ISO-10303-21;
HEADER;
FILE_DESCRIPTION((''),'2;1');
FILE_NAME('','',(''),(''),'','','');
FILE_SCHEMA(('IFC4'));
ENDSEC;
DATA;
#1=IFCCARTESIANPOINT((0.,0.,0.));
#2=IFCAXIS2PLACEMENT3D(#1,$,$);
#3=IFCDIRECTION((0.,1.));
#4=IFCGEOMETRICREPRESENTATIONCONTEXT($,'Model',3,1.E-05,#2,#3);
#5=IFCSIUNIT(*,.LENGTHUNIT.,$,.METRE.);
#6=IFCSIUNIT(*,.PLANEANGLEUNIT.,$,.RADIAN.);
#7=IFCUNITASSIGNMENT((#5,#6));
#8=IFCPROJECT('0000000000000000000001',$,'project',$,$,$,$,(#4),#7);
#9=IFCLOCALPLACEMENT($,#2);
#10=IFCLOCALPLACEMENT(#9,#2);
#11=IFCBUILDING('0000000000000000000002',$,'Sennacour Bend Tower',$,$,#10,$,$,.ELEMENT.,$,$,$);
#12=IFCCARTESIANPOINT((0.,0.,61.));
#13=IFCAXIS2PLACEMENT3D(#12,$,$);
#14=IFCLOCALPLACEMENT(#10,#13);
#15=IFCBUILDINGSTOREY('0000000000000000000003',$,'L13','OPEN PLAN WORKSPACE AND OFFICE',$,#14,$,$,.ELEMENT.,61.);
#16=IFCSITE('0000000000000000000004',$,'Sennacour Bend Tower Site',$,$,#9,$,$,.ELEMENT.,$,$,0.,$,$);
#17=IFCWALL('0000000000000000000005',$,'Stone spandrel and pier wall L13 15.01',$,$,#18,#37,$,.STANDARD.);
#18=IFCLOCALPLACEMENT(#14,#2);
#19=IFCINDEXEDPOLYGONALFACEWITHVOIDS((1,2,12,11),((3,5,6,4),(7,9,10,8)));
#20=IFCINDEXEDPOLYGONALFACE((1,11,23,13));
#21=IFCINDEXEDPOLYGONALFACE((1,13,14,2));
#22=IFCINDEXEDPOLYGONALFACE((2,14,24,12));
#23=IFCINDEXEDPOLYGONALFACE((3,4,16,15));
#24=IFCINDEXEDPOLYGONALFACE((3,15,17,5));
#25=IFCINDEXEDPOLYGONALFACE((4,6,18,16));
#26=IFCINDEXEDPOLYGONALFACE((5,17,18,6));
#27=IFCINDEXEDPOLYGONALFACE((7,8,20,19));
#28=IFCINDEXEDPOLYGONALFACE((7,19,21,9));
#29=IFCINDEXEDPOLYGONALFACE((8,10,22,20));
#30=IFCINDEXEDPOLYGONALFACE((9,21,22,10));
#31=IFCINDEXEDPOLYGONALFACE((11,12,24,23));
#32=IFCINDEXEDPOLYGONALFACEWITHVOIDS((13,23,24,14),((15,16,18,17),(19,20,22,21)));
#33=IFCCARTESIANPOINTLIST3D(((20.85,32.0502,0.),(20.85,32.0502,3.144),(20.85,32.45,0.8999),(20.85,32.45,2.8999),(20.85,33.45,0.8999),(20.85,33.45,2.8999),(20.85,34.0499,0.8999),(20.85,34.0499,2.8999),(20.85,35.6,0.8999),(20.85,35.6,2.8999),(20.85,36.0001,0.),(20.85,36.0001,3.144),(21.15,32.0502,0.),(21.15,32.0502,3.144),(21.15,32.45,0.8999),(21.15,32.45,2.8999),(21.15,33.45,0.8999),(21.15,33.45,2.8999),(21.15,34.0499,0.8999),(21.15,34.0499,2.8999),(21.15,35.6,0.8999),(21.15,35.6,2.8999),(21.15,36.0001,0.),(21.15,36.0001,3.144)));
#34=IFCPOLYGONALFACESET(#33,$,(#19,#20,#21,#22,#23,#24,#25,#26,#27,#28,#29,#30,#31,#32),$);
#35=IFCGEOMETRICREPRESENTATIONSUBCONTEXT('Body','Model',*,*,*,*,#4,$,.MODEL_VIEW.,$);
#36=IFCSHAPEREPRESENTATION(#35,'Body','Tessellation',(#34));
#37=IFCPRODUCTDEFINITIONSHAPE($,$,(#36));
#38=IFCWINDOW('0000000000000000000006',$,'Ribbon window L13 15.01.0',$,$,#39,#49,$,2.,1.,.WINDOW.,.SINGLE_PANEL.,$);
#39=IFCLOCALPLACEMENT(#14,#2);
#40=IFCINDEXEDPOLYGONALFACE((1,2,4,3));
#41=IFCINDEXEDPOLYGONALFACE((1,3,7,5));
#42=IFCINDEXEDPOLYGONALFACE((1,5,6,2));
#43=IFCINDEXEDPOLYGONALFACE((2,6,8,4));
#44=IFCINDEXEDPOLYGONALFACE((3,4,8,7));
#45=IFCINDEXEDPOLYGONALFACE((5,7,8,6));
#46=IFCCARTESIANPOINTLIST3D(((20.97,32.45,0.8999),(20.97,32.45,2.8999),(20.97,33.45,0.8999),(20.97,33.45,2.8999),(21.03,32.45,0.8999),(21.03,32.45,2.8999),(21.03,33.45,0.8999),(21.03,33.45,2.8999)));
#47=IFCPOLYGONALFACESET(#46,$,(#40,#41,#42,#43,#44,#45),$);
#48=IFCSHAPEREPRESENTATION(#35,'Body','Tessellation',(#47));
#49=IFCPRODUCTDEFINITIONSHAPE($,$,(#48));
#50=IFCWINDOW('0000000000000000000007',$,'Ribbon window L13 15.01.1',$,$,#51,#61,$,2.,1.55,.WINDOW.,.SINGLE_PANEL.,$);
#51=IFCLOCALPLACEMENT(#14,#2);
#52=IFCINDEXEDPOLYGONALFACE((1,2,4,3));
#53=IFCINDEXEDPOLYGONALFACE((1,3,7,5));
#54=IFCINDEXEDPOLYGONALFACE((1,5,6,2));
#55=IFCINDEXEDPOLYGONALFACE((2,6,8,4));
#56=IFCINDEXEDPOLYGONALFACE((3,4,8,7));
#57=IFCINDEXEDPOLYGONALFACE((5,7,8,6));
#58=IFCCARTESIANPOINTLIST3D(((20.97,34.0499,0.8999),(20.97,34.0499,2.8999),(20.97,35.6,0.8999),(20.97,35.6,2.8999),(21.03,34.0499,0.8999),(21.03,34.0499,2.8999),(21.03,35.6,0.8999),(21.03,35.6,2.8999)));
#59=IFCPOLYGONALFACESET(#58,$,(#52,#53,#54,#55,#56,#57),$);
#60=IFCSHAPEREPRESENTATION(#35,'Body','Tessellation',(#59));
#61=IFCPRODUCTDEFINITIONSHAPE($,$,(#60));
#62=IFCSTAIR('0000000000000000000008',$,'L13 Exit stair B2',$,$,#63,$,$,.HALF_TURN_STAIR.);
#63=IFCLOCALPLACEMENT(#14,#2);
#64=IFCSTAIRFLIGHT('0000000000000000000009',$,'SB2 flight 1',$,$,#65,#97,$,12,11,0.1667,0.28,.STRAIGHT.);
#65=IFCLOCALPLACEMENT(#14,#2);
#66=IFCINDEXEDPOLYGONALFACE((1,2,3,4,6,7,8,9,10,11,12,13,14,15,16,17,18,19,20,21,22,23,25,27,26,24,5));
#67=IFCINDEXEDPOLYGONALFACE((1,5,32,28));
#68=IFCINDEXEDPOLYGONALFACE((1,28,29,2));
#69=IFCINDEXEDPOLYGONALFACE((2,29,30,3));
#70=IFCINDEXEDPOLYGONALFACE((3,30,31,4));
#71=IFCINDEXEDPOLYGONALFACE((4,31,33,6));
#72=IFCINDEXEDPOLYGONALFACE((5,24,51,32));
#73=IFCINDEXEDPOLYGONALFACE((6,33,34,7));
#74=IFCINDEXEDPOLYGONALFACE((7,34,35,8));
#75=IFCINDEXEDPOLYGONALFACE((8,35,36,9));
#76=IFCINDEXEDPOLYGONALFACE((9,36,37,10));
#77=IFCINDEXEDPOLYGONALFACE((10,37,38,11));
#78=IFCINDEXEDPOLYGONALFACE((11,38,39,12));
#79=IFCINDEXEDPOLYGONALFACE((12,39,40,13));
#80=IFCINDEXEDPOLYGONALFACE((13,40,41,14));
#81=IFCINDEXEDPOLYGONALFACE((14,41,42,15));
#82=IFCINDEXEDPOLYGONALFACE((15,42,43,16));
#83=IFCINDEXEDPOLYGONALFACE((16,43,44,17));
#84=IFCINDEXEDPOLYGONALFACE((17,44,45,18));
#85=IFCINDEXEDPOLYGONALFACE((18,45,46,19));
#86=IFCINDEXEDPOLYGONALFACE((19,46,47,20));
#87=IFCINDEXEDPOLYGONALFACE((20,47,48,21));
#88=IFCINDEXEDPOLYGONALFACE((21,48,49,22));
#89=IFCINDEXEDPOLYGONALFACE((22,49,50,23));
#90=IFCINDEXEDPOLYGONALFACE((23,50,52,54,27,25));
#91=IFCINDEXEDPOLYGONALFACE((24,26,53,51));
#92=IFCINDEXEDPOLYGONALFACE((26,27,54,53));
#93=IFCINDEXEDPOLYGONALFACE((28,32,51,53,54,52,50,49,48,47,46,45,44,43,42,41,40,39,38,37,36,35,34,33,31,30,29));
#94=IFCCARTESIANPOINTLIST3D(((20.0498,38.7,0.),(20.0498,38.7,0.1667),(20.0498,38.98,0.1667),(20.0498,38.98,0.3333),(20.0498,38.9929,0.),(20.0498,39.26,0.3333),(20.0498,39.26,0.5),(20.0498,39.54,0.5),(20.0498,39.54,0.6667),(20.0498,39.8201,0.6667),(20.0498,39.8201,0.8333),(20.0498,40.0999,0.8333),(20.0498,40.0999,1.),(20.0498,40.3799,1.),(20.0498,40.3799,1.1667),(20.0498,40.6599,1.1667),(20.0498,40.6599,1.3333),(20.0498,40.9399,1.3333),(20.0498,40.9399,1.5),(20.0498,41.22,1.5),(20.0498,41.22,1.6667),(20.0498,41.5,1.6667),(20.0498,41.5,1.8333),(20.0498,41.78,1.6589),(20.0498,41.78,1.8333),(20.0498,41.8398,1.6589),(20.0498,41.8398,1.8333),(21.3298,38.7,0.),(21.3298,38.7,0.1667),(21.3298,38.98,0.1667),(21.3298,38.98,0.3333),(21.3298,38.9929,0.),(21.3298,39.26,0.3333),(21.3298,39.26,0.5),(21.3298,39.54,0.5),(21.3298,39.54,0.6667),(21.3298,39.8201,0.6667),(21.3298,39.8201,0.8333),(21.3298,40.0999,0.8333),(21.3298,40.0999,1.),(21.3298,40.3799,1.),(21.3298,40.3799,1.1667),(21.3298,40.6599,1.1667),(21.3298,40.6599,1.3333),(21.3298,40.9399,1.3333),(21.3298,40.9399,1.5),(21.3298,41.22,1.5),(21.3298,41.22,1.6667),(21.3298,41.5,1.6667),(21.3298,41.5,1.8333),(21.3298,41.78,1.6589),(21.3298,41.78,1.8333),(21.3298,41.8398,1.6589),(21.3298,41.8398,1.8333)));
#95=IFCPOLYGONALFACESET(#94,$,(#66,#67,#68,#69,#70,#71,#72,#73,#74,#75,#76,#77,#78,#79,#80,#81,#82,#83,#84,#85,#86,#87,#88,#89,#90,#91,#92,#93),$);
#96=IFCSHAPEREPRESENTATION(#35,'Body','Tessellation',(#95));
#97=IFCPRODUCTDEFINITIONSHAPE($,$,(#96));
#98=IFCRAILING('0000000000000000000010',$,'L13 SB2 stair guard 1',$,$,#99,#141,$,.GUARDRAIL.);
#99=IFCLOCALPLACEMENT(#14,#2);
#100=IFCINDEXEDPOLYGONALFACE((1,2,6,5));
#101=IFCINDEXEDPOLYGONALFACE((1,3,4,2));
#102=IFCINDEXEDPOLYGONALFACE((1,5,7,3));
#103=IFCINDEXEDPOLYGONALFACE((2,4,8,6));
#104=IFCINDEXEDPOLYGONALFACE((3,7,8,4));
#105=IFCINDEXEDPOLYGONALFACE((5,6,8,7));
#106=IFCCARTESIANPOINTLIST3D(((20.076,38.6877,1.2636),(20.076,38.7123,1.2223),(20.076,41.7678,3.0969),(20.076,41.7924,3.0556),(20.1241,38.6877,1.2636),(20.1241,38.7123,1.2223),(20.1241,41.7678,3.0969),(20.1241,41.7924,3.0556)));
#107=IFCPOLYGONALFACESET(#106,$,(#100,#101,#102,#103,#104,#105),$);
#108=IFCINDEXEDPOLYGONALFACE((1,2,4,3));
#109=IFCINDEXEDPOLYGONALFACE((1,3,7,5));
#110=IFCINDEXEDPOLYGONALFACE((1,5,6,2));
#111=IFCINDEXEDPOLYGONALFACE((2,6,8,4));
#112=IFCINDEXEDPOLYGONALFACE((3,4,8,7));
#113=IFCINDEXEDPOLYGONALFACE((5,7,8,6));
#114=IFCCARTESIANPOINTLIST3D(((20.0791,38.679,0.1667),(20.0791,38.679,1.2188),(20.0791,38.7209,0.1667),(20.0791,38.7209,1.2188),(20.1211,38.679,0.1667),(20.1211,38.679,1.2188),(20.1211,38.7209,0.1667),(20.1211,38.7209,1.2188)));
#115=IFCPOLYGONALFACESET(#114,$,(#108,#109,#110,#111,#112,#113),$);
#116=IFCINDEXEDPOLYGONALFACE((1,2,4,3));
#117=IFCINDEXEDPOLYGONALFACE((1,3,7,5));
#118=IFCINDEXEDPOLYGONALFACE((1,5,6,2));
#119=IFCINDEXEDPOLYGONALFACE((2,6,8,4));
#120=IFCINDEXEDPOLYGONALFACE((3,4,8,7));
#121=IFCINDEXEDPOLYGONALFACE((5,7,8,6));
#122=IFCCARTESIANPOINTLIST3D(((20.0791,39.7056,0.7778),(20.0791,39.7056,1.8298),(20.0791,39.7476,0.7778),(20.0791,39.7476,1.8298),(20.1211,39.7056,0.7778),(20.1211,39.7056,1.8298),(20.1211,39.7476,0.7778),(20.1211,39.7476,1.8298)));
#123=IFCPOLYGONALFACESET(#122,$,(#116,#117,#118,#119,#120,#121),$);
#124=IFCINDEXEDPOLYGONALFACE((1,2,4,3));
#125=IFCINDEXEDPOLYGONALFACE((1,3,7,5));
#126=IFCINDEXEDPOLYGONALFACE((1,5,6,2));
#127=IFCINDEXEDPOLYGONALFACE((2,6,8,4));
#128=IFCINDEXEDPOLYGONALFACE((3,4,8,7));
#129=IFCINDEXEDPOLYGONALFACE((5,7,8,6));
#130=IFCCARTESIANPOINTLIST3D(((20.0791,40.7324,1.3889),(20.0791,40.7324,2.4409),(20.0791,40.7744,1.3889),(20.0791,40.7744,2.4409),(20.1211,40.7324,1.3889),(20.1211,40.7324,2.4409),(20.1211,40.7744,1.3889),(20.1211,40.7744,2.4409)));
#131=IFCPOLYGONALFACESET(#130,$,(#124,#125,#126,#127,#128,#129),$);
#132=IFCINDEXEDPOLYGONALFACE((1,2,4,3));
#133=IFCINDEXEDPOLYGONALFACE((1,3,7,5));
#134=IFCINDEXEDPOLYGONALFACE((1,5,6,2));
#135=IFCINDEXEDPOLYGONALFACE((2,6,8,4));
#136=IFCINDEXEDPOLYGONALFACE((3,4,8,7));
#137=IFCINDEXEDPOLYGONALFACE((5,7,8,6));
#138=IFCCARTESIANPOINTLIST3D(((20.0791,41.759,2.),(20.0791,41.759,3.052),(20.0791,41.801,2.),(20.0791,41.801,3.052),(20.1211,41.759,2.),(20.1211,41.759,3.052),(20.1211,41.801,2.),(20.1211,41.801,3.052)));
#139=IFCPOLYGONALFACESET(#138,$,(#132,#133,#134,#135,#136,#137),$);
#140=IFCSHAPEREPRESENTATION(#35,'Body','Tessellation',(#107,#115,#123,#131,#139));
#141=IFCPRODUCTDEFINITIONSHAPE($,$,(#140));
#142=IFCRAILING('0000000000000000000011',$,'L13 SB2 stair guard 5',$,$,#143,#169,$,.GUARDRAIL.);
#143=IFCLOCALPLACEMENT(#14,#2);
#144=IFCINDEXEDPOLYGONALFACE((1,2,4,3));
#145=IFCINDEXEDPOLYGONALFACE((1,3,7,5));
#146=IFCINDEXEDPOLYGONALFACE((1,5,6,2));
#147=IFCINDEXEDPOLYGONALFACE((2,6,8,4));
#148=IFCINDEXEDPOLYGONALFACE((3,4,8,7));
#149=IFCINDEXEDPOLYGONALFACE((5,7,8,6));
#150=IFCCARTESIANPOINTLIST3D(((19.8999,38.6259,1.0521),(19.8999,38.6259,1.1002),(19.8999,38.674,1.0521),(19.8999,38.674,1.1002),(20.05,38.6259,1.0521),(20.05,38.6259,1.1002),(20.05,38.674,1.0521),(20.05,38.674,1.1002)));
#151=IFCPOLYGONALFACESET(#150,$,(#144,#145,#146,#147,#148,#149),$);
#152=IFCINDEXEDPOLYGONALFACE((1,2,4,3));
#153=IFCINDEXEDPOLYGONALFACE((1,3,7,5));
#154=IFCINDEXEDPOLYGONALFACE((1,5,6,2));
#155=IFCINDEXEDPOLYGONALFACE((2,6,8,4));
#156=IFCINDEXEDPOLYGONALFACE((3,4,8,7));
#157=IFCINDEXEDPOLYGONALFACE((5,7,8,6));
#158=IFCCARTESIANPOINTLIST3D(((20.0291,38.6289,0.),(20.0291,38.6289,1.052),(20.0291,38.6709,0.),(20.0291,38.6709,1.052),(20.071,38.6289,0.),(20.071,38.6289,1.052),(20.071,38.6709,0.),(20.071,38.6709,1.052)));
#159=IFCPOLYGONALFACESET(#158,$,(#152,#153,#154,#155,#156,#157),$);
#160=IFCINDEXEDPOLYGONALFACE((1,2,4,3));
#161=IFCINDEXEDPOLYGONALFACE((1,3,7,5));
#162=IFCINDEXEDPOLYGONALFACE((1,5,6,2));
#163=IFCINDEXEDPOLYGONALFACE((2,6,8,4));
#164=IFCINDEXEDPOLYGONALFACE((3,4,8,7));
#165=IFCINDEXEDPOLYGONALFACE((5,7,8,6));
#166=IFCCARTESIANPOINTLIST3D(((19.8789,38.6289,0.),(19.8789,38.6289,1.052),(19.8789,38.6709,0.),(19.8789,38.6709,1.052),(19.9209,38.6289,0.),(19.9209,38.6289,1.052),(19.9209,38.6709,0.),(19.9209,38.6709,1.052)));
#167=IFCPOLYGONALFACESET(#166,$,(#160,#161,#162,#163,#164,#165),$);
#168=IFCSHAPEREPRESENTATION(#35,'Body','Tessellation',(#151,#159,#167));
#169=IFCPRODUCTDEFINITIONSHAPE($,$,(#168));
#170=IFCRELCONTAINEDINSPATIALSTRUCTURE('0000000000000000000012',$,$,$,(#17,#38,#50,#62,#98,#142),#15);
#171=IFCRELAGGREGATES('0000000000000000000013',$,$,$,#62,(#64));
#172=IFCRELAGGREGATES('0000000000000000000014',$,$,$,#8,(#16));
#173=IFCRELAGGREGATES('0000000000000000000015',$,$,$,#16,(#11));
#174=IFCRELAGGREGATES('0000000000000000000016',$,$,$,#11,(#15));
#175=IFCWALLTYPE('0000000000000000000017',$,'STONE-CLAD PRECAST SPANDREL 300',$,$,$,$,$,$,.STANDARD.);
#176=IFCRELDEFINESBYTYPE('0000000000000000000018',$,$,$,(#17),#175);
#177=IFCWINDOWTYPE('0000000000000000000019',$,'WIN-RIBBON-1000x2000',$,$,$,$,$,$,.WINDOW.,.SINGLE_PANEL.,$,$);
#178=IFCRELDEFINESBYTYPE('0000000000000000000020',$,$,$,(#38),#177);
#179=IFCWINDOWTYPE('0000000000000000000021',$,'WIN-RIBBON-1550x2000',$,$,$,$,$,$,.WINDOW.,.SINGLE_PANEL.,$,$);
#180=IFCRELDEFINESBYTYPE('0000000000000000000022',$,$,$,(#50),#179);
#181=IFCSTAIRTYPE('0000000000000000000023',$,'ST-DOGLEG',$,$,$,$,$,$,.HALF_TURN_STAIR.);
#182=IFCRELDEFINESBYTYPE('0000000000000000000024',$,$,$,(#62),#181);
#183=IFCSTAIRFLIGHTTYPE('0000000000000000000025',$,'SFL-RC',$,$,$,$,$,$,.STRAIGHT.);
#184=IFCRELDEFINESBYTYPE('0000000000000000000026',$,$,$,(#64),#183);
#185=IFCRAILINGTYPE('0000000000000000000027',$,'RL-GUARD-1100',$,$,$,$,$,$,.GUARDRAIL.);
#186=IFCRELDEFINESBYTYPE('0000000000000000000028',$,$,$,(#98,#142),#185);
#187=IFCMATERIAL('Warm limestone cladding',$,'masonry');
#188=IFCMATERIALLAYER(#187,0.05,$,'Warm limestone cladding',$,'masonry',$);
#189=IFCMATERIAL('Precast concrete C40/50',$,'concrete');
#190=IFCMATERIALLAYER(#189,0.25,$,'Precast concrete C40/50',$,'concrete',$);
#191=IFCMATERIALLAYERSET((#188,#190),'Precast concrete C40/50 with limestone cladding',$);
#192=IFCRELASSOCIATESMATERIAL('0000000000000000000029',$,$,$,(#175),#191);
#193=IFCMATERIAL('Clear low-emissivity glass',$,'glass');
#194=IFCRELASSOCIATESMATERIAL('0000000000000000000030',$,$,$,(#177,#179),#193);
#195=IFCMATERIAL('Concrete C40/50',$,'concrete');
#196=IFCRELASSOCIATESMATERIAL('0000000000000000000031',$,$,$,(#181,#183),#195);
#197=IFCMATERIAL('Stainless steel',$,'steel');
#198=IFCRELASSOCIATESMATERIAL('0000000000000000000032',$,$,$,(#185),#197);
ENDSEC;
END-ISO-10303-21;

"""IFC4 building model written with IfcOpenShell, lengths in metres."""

from ifc_helpers import new_model, si_unit, direction, frame, frame_2d, origin, origin_2d, place, context, subcontext, project, spatial, polyline, rectangle, outline, extrude, material, layer, layer_set, type_object, element, fill, aggregate, save


model = new_model("IFC4")

# Units and contexts
model_context = context("Model", 3, precision=1e-05, world=origin(), true_north=direction((0.0, 1.0)))
body_context = subcontext(model_context, "Body", "Model", "MODEL_VIEW")
ifc_project = project(units=[si_unit("LENGTHUNIT", "METRE"), si_unit("PLANEANGLEUNIT", "RADIAN")], contexts=[model_context])

# Site, building, storey
site_placement = place(None, origin())
site = spatial("IfcSite", under=ifc_project, at=site_placement, Name="Sennacour Bend Tower Site", CompositionType="ELEMENT", RefElevation=0.0)
building_placement = place(site_placement, origin())
building = spatial("IfcBuilding", under=site, at=building_placement, Name="Sennacour Bend Tower", CompositionType="ELEMENT")
storey_placement = place(building_placement, frame((0.0, 0.0, 61.0)))
storey = spatial("IfcBuildingStorey", under=building, at=storey_placement, Name="L13", Description="OPEN PLAN WORKSPACE AND OFFICE", CompositionType="ELEMENT", Elevation=61.0)

# Shared definitions
ifc_material_1 = material(Name="Warm limestone cladding", Category="masonry")
ifc_layer_1 = layer(ifc_material_1, 0.05, Name="Warm limestone cladding", Category="masonry")
ifc_material_2 = material(Name="Precast concrete C40/50", Category="concrete")
ifc_layer_2 = layer(ifc_material_2, 0.25, Name="Precast concrete C40/50", Category="concrete")
ifc_layer_set_1 = layer_set([ifc_layer_1, ifc_layer_2], Name="Precast concrete C40/50 with limestone cladding")
wall_type_1 = type_object("IfcWallType", Name="STONE-CLAD PRECAST SPANDREL 300", PredefinedType="STANDARD", material=ifc_layer_set_1)

# Wall, openings, windows
wall_1_placement = place(storey_placement, frame((21.0, 32.05, 0.0), z_axis=(0.0, 0.0, 1.0), x_axis=(0.0, 1.0, 0.0)))
wall_1 = element("IfcWall", 1, at=wall_1_placement, inside=storey, type_object=wall_type_1, Name="Stone spandrel and pier wall L13 15.01", PredefinedType="STANDARD", context=body_context, shape_type="SweptSolid", body=[
    extrude(rectangle(XDim=3.95, YDim=0.3, at=frame_2d((1.9751, 0.0))), origin(), (0.0, 0.0, 1.0), 3.144),
])
opening_1_placement = place(wall_1_placement, frame((0.3999, 0.0, 0.8999)))
opening_1 = element("IfcOpeningElement", 2, at=opening_1_placement, cuts=wall_1, PredefinedType="OPENING", context=body_context, shape_type="SweptSolid", body=[
    extrude(rectangle(XDim=1.0, YDim=2.0, at=frame_2d((0.5, 1.0))), frame((0.0, 0.1602, 0.0), z_axis=(0.0, -1.0, 0.0), x_axis=(1.0, 0.0, 0.0)), (0.0, 0.0, 1.0), 0.3201),
])
opening_2_placement = place(wall_1_placement, frame((2.0, 0.0, 0.8999)))
opening_2 = element("IfcOpeningElement", 3, at=opening_2_placement, cuts=wall_1, PredefinedType="OPENING", context=body_context, shape_type="SweptSolid", body=[
    extrude(rectangle(XDim=1.55, YDim=2.0, at=frame_2d((0.7749, 1.0))), frame((0.0, 0.1602, 0.0), z_axis=(0.0, -1.0, 0.0), x_axis=(1.0, 0.0, 0.0)), (0.0, 0.0, 1.0), 0.3201),
])
ifc_material_3 = material(Name="Clear low-emissivity glass", Category="glass")
window_type_1 = type_object("IfcWindowType", Name="WIN-RIBBON-1000x2000", PartitioningType="SINGLE_PANEL", PredefinedType="WINDOW", material=ifc_material_3)
window_1_placement = place(opening_1_placement, origin())
window_1 = element("IfcWindow", 4, at=window_1_placement, inside=storey, type_object=window_type_1, Name="Ribbon window L13 15.01.0", OverallHeight=2.0, OverallWidth=1.0, PartitioningType="SINGLE_PANEL", PredefinedType="WINDOW", context=body_context, shape_type="SweptSolid", body=[
    extrude(rectangle(XDim=1.0, YDim=2.0, at=frame_2d((0.5, 1.0))), frame((0.0, 0.03, 0.0), z_axis=(0.0, -1.0, 0.0), x_axis=(1.0, 0.0, 0.0)), (0.0, 0.0, 1.0), 0.0601),
])
fill(opening_1, window_1)
window_type_2 = type_object("IfcWindowType", Name="WIN-RIBBON-1550x2000", PartitioningType="SINGLE_PANEL", PredefinedType="WINDOW", material=ifc_material_3)
window_2_placement = place(opening_2_placement, origin())
window_2 = element("IfcWindow", 5, at=window_2_placement, inside=storey, type_object=window_type_2, Name="Ribbon window L13 15.01.1", OverallHeight=2.0, OverallWidth=1.55, PartitioningType="SINGLE_PANEL", PredefinedType="WINDOW", context=body_context, shape_type="SweptSolid", body=[
    extrude(rectangle(XDim=1.55, YDim=2.0, at=frame_2d((0.7749, 1.0))), frame((0.0, 0.03, 0.0), z_axis=(0.0, -1.0, 0.0), x_axis=(1.0, 0.0, 0.0)), (0.0, 0.0, 1.0), 0.0601),
])
fill(opening_2, window_2)

# Stair, stair flight
ifc_material_4 = material(Name="Concrete C40/50", Category="concrete")
stair_type = type_object("IfcStairType", Name="ST-DOGLEG", PredefinedType="HALF_TURN_STAIR", material=ifc_material_4)
stair_placement = place(storey_placement, origin())
stair = element("IfcStair", 6, at=stair_placement, inside=storey, type_object=stair_type, Name="L13 Exit stair B2", PredefinedType="HALF_TURN_STAIR")
stair_flight_type = type_object("IfcStairFlightType", Name="SFL-RC", PredefinedType="STRAIGHT", material=ifc_material_4)
stair_flight_placement = place(storey_placement, frame((20.6899, 38.7, 0.0), z_axis=(0.0, 0.0, 1.0), x_axis=(0.0, 1.0, 0.0)))
stair_flight = element("IfcStairFlight", 7, at=stair_flight_placement, type_object=stair_flight_type, Name="SB2 flight 1", NumberOfRisers=12, NumberOfTreads=11, PredefinedType="STRAIGHT", RiserHeight=0.1667, TreadLength=0.28, context=body_context, shape_type="SweptSolid", body=[
    extrude(outline(polyline([(0.0, 0.0), (0.0, 0.1667), (0.28, 0.1667), (0.28, 0.3333), (0.5601, 0.3333), (0.5601, 0.5), (0.8401, 0.5), (0.8401, 0.6667), (1.1201, 0.6667), (1.1201, 0.8333), (1.3999, 0.8333), (1.3999, 1.0), (1.6799, 1.0), (1.6799, 1.1667), (1.96, 1.1667), (1.96, 1.3333), (2.24, 1.3333), (2.24, 1.5), (2.52, 1.5), (2.52, 1.6667), (2.8, 1.6667), (2.8, 1.8333), (3.0801, 1.8333), (3.1399, 1.8333), (3.1399, 1.6589), (3.0801, 1.6589), (0.293, 0.0), (0.0, 0.0)])), frame((0.0, 0.6401, 0.0), z_axis=(0.0, -1.0, 0.0), x_axis=(1.0, 0.0, 0.0)), (0.0, 0.0, 1.0), 1.28),
])
aggregate(stair, [stair_flight])

# Railings
ifc_material_5 = material(Name="Stainless steel", Category="steel")
railing_type_1 = type_object("IfcRailingType", Name="RL-GUARD-1100", PredefinedType="GUARDRAIL", material=ifc_material_5)
railing_1_placement = place(storey_placement, frame((20.1001, 38.7, 0.1667)))
element("IfcRailing", 8, at=railing_1_placement, inside=storey, type_object=railing_type_1, Name="L13 SB2 stair guard 1", PredefinedType="GUARDRAIL", context=body_context, shape_type="SweptSolid", body=[
    extrude(rectangle(XDim=0.0481, YDim=0.0481, at=origin_2d()), frame((0.0, 0.0, 1.0762), z_axis=(0.0, 0.859309, 0.511458), x_axis=(-1.0, 0.0, 0.0)), (0.0, 0.0, 1.0), 3.5845),
    extrude(rectangle(XDim=0.042, YDim=0.042, at=origin_2d()), origin(), (0.0, 0.0, 1.0), 1.052),
    extrude(rectangle(XDim=0.042, YDim=0.042, at=origin_2d()), frame((0.0, 1.0266, 0.6111)), (0.0, 0.0, 1.0), 1.052),
    extrude(rectangle(XDim=0.042, YDim=0.042, at=origin_2d()), frame((0.0, 2.0535, 1.2222)), (0.0, 0.0, 1.0), 1.052),
    extrude(rectangle(XDim=0.042, YDim=0.042, at=origin_2d()), frame((0.0, 3.0801, 1.8333)), (0.0, 0.0, 1.0), 1.052),
])
railing_2_placement = place(storey_placement, frame((20.05, 38.6499, 0.0)))
element("IfcRailing", 9, at=railing_2_placement, inside=storey, type_object=railing_type_1, Name="L13 SB2 stair guard 5", PredefinedType="GUARDRAIL", context=body_context, shape_type="SweptSolid", body=[
    extrude(rectangle(XDim=0.0481, YDim=0.0481, at=origin_2d()), frame((0.0, 0.0, 1.0762), z_axis=(-1.0, 0.0, 0.0), x_axis=(0.0, -1.0, 0.0)), (0.0, 0.0, 1.0), 0.1501),
    extrude(rectangle(XDim=0.042, YDim=0.042, at=origin_2d()), origin(), (0.0, 0.0, 1.0), 1.052),
    extrude(rectangle(XDim=0.042, YDim=0.042, at=origin_2d()), frame((-0.1501, 0.0, 0.0)), (0.0, 0.0, 1.0), 1.052),
])

save(model, "model.ifc")
